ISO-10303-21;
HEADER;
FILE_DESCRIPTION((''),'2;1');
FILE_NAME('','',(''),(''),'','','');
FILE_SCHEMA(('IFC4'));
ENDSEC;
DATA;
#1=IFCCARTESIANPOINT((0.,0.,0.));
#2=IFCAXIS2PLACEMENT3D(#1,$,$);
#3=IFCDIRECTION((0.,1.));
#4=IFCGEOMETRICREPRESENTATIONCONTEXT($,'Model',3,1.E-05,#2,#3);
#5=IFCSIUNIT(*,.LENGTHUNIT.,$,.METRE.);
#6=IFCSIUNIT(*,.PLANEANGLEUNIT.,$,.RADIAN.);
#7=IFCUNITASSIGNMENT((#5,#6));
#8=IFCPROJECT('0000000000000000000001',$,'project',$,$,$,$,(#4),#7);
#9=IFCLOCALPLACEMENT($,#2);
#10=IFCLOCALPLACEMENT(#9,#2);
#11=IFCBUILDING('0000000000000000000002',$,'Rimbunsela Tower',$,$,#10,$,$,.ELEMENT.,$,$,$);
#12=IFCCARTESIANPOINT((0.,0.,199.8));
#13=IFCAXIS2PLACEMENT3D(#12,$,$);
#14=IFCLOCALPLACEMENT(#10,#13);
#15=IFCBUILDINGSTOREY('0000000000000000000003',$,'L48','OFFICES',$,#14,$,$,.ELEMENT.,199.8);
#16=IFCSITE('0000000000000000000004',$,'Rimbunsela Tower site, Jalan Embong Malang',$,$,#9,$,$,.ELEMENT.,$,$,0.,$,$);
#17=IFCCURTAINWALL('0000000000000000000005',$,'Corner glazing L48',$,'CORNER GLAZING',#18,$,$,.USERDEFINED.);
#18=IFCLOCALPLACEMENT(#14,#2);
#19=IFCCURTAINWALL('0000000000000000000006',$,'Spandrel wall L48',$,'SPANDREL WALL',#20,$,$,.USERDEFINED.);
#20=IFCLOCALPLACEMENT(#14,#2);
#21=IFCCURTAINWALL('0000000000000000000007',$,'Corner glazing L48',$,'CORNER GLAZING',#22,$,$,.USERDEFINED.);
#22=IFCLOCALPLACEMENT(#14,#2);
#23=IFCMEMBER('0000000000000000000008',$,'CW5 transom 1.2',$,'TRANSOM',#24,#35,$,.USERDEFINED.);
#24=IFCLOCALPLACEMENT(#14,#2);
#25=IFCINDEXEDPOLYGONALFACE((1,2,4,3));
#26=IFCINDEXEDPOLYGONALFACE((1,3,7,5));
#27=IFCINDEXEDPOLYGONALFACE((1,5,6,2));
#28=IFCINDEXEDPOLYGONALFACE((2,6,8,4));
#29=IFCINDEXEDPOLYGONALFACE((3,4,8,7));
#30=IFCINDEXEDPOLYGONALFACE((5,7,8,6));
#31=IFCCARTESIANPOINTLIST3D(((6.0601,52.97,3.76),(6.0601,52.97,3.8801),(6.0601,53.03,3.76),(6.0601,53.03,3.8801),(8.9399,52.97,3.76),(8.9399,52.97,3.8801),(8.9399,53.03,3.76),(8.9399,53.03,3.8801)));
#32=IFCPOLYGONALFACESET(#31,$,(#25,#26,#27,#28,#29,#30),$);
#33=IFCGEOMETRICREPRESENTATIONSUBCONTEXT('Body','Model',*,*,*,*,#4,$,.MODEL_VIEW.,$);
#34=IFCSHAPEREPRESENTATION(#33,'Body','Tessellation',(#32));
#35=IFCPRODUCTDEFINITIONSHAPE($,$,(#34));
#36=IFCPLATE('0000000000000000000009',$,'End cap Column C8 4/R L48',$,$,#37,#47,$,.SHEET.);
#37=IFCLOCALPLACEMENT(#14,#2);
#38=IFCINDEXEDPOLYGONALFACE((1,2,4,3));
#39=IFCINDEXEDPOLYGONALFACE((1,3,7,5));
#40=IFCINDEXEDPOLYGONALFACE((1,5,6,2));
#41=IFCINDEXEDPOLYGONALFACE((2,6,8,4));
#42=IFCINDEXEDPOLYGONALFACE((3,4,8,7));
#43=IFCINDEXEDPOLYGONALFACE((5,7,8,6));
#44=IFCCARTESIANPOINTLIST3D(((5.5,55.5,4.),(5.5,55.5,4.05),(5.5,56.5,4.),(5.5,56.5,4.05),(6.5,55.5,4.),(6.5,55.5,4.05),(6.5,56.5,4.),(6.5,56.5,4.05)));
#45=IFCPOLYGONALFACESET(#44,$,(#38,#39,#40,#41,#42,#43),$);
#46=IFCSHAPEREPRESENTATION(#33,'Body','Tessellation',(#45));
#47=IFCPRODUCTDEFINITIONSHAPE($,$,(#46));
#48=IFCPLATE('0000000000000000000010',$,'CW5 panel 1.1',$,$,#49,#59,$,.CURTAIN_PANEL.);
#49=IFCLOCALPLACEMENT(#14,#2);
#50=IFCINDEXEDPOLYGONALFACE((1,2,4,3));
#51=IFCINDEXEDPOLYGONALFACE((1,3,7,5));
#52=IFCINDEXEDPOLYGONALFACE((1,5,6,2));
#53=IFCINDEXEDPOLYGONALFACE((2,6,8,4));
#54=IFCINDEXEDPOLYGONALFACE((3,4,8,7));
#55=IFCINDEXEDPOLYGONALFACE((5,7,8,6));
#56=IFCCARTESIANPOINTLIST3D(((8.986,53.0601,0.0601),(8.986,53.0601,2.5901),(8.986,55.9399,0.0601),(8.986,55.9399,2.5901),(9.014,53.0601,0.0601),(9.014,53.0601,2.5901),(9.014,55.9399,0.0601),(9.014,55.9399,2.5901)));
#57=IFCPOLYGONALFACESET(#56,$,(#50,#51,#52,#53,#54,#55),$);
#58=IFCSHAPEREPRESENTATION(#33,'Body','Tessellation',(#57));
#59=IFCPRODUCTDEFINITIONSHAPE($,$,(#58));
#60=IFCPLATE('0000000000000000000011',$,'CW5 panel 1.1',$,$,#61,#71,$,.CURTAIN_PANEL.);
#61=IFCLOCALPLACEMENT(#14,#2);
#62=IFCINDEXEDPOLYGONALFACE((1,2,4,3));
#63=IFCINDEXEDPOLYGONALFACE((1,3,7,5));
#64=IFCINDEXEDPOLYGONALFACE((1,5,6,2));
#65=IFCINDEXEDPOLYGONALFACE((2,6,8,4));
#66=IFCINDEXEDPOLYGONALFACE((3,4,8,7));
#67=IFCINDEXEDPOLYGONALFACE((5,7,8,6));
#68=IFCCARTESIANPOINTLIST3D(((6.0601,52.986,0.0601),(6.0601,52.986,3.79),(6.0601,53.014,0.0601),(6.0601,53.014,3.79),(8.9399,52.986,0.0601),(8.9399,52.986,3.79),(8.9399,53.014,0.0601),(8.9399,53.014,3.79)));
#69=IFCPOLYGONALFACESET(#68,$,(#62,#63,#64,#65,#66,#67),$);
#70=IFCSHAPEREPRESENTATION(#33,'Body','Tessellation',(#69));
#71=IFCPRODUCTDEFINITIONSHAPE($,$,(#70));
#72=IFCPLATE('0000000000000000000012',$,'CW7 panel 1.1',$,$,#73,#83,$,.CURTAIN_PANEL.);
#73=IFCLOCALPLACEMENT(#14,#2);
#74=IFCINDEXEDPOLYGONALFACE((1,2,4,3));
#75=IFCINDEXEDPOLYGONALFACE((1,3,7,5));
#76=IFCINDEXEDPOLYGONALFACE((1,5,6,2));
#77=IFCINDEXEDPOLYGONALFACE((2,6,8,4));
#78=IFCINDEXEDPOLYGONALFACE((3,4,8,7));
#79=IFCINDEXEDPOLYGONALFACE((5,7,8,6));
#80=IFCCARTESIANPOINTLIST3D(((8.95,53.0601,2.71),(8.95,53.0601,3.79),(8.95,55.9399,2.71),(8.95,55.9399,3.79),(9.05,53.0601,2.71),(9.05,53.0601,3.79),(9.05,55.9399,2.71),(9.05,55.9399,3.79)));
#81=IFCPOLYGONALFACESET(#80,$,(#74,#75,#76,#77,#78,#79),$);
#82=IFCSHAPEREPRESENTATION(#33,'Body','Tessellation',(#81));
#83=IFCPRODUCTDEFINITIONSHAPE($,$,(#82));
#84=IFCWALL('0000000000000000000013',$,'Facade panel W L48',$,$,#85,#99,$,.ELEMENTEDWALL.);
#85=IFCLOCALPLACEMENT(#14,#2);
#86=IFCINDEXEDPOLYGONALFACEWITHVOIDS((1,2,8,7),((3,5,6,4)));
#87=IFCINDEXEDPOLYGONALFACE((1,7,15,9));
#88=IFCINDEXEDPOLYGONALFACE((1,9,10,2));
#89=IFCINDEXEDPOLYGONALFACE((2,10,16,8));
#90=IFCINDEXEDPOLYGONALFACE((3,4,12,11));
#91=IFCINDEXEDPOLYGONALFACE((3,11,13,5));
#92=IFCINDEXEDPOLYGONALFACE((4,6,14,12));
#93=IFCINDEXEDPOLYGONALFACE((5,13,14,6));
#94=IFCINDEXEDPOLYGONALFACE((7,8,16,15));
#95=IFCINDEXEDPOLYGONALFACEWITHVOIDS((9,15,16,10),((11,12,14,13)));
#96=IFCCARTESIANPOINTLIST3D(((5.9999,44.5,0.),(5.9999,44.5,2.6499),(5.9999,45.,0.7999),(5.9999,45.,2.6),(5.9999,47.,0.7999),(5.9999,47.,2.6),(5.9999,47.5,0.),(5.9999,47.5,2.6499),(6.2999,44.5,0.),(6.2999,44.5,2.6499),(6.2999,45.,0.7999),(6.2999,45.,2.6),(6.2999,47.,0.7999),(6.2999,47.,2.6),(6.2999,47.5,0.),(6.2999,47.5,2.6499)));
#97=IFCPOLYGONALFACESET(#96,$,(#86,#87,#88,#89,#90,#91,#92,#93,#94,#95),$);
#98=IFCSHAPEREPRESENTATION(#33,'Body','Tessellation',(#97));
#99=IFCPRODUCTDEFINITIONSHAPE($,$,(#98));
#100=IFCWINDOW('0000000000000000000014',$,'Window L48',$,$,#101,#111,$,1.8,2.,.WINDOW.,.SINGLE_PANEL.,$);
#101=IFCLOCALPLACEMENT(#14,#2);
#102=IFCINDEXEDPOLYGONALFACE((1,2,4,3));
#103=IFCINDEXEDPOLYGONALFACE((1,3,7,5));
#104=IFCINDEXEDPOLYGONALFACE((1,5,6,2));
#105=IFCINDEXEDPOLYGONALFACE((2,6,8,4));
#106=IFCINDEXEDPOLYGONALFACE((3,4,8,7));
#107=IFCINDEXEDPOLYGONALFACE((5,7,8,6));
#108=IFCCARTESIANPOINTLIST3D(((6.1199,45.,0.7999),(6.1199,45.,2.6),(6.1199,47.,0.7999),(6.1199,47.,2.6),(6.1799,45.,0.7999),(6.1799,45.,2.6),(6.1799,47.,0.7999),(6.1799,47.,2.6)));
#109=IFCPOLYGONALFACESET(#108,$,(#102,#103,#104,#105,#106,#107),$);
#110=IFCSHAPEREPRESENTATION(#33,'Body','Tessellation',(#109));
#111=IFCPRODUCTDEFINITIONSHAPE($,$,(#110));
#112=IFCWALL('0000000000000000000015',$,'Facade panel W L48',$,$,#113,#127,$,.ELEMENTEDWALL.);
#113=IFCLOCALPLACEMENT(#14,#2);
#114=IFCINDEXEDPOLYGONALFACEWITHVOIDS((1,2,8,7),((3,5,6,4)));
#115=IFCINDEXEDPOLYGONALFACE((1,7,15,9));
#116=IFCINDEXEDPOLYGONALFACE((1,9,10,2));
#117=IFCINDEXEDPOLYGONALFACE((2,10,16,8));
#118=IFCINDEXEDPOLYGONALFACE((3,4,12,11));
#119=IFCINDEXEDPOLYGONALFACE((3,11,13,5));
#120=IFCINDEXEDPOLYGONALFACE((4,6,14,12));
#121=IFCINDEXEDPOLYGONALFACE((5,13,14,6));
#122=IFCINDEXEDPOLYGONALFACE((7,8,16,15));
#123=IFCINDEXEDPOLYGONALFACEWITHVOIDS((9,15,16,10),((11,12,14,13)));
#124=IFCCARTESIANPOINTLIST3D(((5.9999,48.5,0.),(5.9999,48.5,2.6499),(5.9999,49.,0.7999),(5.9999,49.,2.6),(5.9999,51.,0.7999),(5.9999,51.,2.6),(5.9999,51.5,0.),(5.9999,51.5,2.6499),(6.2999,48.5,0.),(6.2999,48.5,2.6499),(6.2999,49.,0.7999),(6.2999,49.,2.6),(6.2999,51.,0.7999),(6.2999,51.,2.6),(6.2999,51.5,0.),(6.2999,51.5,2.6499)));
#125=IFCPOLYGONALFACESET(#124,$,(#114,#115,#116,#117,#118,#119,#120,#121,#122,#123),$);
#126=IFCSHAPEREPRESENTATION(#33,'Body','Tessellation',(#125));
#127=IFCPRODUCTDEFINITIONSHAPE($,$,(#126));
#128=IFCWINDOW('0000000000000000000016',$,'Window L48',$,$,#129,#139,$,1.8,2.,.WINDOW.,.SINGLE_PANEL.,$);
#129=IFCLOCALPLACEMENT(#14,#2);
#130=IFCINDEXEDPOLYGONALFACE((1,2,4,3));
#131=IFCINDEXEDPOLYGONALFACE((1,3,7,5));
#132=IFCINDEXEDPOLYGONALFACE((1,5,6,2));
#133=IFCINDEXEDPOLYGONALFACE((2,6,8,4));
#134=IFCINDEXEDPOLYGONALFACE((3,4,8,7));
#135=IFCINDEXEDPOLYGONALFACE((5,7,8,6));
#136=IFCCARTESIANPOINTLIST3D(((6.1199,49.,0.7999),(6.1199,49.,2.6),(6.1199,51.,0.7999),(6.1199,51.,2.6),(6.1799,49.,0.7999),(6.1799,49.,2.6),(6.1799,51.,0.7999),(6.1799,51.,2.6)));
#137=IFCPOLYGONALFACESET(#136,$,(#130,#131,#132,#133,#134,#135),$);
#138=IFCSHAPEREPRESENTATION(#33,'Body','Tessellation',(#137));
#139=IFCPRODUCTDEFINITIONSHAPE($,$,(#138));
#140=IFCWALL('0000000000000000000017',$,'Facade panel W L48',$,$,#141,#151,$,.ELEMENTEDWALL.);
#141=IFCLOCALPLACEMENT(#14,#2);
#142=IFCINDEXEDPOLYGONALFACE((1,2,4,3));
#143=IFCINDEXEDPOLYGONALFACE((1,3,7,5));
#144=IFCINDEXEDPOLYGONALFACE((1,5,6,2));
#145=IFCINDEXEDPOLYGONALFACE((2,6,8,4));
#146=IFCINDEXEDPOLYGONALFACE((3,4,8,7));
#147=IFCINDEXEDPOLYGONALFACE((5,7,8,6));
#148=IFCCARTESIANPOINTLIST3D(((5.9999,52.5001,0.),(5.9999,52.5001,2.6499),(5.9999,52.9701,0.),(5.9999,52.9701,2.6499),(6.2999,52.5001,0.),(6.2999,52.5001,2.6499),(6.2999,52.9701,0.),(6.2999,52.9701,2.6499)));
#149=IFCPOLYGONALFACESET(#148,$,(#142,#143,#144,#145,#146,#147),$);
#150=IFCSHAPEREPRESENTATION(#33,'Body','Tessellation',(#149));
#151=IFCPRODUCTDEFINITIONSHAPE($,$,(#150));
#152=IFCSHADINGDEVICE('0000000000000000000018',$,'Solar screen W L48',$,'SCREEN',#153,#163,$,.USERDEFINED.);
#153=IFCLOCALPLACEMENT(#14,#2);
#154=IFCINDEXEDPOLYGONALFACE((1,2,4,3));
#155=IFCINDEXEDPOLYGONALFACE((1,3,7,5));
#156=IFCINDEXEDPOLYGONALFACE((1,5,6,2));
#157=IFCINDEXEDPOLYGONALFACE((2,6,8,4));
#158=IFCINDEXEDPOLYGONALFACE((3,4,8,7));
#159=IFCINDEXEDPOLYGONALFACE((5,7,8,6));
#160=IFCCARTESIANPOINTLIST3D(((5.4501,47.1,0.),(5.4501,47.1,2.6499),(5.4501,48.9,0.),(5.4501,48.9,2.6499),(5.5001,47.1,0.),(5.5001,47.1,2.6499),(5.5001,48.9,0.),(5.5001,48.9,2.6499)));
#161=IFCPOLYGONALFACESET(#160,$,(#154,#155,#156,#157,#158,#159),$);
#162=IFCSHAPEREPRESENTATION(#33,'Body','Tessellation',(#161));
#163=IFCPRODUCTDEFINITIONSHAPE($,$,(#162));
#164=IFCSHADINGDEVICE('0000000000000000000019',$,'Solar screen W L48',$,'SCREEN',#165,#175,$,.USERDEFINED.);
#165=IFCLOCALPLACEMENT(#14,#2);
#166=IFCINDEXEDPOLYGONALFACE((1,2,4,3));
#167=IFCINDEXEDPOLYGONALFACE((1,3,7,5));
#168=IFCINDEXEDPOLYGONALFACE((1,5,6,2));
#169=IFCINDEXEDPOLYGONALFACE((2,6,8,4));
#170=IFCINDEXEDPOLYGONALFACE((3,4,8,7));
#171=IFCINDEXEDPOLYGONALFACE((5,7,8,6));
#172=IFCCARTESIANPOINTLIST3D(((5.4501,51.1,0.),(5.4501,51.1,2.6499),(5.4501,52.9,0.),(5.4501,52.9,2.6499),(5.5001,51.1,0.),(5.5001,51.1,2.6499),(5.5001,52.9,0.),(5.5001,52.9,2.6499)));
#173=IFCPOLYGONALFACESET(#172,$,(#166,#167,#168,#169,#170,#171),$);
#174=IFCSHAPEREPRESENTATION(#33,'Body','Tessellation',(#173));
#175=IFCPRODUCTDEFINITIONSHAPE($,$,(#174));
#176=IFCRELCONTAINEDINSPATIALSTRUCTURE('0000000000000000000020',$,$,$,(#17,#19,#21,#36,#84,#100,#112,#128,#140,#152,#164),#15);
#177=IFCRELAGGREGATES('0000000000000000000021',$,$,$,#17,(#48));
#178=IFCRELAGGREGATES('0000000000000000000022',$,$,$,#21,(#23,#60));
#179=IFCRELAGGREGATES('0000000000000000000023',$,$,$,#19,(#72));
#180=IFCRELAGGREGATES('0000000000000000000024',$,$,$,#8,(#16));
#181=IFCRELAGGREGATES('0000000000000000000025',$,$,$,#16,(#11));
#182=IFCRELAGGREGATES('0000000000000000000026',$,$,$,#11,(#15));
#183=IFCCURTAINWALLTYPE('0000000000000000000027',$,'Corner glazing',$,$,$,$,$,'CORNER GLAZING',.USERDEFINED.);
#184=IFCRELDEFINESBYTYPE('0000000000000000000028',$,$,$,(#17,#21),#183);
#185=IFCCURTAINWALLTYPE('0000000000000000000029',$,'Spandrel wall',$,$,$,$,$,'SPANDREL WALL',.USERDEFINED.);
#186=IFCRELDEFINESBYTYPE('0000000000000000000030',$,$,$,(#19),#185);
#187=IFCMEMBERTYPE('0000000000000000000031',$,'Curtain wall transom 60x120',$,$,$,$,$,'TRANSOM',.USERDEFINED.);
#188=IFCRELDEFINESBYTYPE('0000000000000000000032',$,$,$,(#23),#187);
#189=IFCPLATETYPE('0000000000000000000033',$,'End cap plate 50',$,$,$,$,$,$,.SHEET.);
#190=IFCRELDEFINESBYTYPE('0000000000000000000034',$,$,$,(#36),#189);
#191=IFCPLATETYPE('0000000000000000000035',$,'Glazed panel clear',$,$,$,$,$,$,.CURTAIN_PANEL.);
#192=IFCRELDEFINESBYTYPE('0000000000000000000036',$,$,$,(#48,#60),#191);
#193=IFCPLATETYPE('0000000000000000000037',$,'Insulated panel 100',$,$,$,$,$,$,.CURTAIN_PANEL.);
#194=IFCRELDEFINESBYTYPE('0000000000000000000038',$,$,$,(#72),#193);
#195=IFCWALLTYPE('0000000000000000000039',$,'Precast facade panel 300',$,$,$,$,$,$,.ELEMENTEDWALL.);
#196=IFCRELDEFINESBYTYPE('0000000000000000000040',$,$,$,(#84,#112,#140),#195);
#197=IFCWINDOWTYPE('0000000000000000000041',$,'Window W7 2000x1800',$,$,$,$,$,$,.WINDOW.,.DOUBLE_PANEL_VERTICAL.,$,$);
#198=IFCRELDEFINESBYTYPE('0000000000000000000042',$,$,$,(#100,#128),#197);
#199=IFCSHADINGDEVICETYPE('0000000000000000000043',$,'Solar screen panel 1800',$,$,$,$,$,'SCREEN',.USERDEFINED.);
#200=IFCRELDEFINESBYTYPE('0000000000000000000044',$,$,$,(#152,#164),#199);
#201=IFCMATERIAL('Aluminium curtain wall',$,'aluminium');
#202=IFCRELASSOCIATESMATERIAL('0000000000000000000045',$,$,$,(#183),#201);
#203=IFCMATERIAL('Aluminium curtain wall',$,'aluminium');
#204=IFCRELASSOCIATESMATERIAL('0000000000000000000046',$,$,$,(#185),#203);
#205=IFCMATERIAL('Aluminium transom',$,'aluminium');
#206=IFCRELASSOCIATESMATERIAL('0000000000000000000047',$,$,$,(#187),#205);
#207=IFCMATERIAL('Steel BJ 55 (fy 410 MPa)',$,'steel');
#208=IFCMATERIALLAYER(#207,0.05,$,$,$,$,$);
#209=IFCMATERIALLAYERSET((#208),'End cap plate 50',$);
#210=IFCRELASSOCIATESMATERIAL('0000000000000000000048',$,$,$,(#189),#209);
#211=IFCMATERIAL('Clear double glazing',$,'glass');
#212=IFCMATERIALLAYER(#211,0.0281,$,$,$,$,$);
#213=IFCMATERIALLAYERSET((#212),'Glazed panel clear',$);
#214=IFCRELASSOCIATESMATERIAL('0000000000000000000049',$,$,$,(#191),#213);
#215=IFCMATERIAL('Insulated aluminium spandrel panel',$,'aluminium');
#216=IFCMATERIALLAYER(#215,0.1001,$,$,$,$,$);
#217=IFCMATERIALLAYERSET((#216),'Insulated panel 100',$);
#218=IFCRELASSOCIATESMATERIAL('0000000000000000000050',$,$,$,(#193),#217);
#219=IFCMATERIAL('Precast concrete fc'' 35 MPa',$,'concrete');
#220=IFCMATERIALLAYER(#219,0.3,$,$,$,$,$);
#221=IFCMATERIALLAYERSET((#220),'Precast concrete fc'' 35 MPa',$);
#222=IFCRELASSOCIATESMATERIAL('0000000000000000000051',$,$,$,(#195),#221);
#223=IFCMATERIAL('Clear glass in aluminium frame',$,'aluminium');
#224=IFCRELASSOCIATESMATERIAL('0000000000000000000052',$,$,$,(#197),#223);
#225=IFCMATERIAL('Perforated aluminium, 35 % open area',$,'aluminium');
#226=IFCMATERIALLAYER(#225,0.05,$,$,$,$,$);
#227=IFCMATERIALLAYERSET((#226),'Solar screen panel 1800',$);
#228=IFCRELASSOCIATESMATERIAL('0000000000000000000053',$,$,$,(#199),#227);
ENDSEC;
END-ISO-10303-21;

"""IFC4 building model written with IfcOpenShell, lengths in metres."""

from ifc_helpers import new_model, si_unit, direction, frame, frame_2d, origin, origin_2d, place, context, subcontext, project, spatial, rectangle, extrude, material, layer, layer_set, material_profile, profile_set, type_object, element, fill, aggregate, save


model = new_model("IFC4")

# Units and contexts
model_context = context("Model", 3, precision=1e-05, world=origin(), true_north=direction((0.0, 1.0)))
body_context = subcontext(model_context, "Body", "Model", "MODEL_VIEW")
ifc_project = project(units=[si_unit("LENGTHUNIT", "METRE"), si_unit("PLANEANGLEUNIT", "RADIAN")], contexts=[model_context])

# Site, building, storey
site_placement = place(None, origin())
site = spatial("IfcSite", under=ifc_project, at=site_placement, Name="Rimbunsela Tower site, Jalan Embong Malang", CompositionType="ELEMENT", RefElevation=0.0)
building_placement = place(site_placement, origin())
building = spatial("IfcBuilding", under=site, at=building_placement, Name="Rimbunsela Tower", CompositionType="ELEMENT")
storey_placement = place(building_placement, frame((0.0, 0.0, 199.8)))
storey = spatial("IfcBuildingStorey", under=building, at=storey_placement, Name="L48", Description="OFFICES", CompositionType="ELEMENT", Elevation=199.8)

# Curtain walls
ifc_material_1 = material(Name="Aluminium curtain wall", Category="aluminium")
curtain_wall_type_1 = type_object("IfcCurtainWallType", Name="Corner glazing", ElementType="CORNER GLAZING", PredefinedType="USERDEFINED", material=ifc_material_1)
curtain_wall_1_placement = place(storey_placement, origin())
curtain_wall_1 = element("IfcCurtainWall", 1, at=curtain_wall_1_placement, inside=storey, type_object=curtain_wall_type_1, Name="Corner glazing L48", ObjectType="CORNER GLAZING", PredefinedType="USERDEFINED")
ifc_material_2 = material(Name="Aluminium curtain wall", Category="aluminium")
curtain_wall_type_2 = type_object("IfcCurtainWallType", Name="Spandrel wall", ElementType="SPANDREL WALL", PredefinedType="USERDEFINED", material=ifc_material_2)
curtain_wall_2_placement = place(storey_placement, origin())
curtain_wall_2 = element("IfcCurtainWall", 2, at=curtain_wall_2_placement, inside=storey, type_object=curtain_wall_type_2, Name="Spandrel wall L48", ObjectType="SPANDREL WALL", PredefinedType="USERDEFINED")

# Curtain wall
curtain_wall_3_placement = place(storey_placement, origin())
curtain_wall_3 = element("IfcCurtainWall", 3, at=curtain_wall_3_placement, inside=storey, type_object=curtain_wall_type_1, Name="Corner glazing L48", ObjectType="CORNER GLAZING", PredefinedType="USERDEFINED")

# Member
ifc_material_3 = material(Name="Aluminium transom", Category="aluminium")
ifc_material_profile_1 = material_profile(ifc_material_3, rectangle(XDim=0.0601, YDim=0.1201, at=origin_2d()), Name="Transom 60x120")
ifc_profile_set_1 = profile_set([ifc_material_profile_1], Name="Aluminium transom")
member_type_1 = type_object("IfcMemberType", Name="Curtain wall transom 60x120", ElementType="TRANSOM", PredefinedType="USERDEFINED", material=ifc_profile_set_1)
member_1_placement = place(storey_placement, frame((8.9399, 53.0, 3.8201), z_axis=(-1.0, 0.0, 0.0), x_axis=(0.0, -1.0, 0.0)))
member_1 = element("IfcMember", 4, at=member_1_placement, type_object=member_type_1, Name="CW5 transom 1.2", ObjectType="TRANSOM", PredefinedType="USERDEFINED", context=body_context, shape_type="SweptSolid", body=[
    extrude(rectangle(XDim=0.0601, YDim=0.1201, at=origin_2d()), origin(), (0.0, 0.0, 1.0), 2.8799),
])

# Plates
ifc_material_4 = material(Name="Steel BJ 55 (fy 410 MPa)", Category="steel")
ifc_layer_1 = layer(ifc_material_4, 0.05)
ifc_layer_set_1 = layer_set([ifc_layer_1], Name="End cap plate 50")
plate_type_1 = type_object("IfcPlateType", Name="End cap plate 50", PredefinedType="SHEET", material=ifc_layer_set_1)
plate_1_placement = place(storey_placement, frame((6.0, 56.0, 4.0), z_axis=(0.0, 0.0, 1.0), x_axis=(1.0, 0.0, 0.0)))
element("IfcPlate", 5, at=plate_1_placement, inside=storey, type_object=plate_type_1, Name="End cap Column C8 4/R L48", PredefinedType="SHEET", context=body_context, shape_type="SweptSolid", body=[
    extrude(rectangle(XDim=1.0, YDim=1.0, at=origin_2d()), origin(), (0.0, 0.0, 1.0), 0.05),
])
ifc_material_5 = material(Name="Clear double glazing", Category="glass")
ifc_layer_2 = layer(ifc_material_5, 0.0281)
ifc_layer_set_2 = layer_set([ifc_layer_2], Name="Glazed panel clear")
plate_type_2 = type_object("IfcPlateType", Name="Glazed panel clear", PredefinedType="CURTAIN_PANEL", material=ifc_layer_set_2)
plate_2_placement = place(storey_placement, frame((9.0, 54.5, 0.0601), z_axis=(0.0, 0.0, 1.0), x_axis=(0.0, -1.0, 0.0)))
plate_2 = element("IfcPlate", 6, at=plate_2_placement, type_object=plate_type_2, Name="CW5 panel 1.1", PredefinedType="CURTAIN_PANEL", context=body_context, shape_type="SweptSolid", body=[
    extrude(rectangle(XDim=2.8799, YDim=0.0281, at=origin_2d()), origin(), (0.0, 0.0, 1.0), 2.53),
])
aggregate(curtain_wall_1, [plate_2])
plate_3_placement = place(storey_placement, frame((7.5, 53.0, 0.0601), z_axis=(0.0, 0.0, 1.0), x_axis=(-1.0, 0.0, 0.0)))
plate_3 = element("IfcPlate", 7, at=plate_3_placement, type_object=plate_type_2, Name="CW5 panel 1.1", PredefinedType="CURTAIN_PANEL", context=body_context, shape_type="SweptSolid", body=[
    extrude(rectangle(XDim=2.8799, YDim=0.0281, at=origin_2d()), origin(), (0.0, 0.0, 1.0), 3.73),
])
aggregate(curtain_wall_3, [member_1, plate_3])
ifc_material_6 = material(Name="Insulated aluminium spandrel panel", Category="aluminium")
ifc_layer_3 = layer(ifc_material_6, 0.1001)
ifc_layer_set_3 = layer_set([ifc_layer_3], Name="Insulated panel 100")
plate_type_3 = type_object("IfcPlateType", Name="Insulated panel 100", PredefinedType="CURTAIN_PANEL", material=ifc_layer_set_3)
plate_4_placement = place(storey_placement, frame((9.0, 54.5, 2.71), z_axis=(0.0, 0.0, 1.0), x_axis=(0.0, -1.0, 0.0)))
plate_4 = element("IfcPlate", 8, at=plate_4_placement, type_object=plate_type_3, Name="CW7 panel 1.1", PredefinedType="CURTAIN_PANEL", context=body_context, shape_type="SweptSolid", body=[
    extrude(rectangle(XDim=2.8799, YDim=0.1001, at=origin_2d()), origin(), (0.0, 0.0, 1.0), 1.0801),
])
aggregate(curtain_wall_2, [plate_4])

# Walls, openings, windows
ifc_material_7 = material(Name="Precast concrete fc' 35 MPa", Category="concrete")
ifc_layer_4 = layer(ifc_material_7, 0.3)
ifc_layer_set_4 = layer_set([ifc_layer_4], Name="Precast concrete fc' 35 MPa")
wall_type = type_object("IfcWallType", Name="Precast facade panel 300", PredefinedType="ELEMENTEDWALL", material=ifc_layer_set_4)
wall_1_placement = place(storey_placement, frame((6.1499, 47.5, 0.0), z_axis=(0.0, 0.0, 1.0), x_axis=(0.0, -1.0, 0.0)))
wall_1 = element("IfcWall", 9, at=wall_1_placement, inside=storey, type_object=wall_type, Name="Facade panel W L48", PredefinedType="ELEMENTEDWALL", context=body_context, shape_type="SweptSolid", body=[
    extrude(rectangle(XDim=3.0, YDim=0.3, at=frame_2d((1.5, 0.0))), origin(), (0.0, 0.0, 1.0), 2.6499),
])
opening_1_placement = place(wall_1_placement, frame((0.5, 0.0, 0.8)))
opening_1 = element("IfcOpeningElement", 10, at=opening_1_placement, cuts=wall_1, PredefinedType="OPENING", context=body_context, shape_type="SweptSolid", body=[
    extrude(rectangle(XDim=2.0, YDim=1.8, at=frame_2d((1.0, 0.8999))), frame((0.0, 0.1599, 0.0), z_axis=(0.0, -1.0, 0.0), x_axis=(1.0, 0.0, 0.0)), (0.0, 0.0, 1.0), 0.3201),
])
ifc_material_8 = material(Name="Clear glass in aluminium frame", Category="aluminium")
window_type = type_object("IfcWindowType", Name="Window W7 2000x1800", PartitioningType="DOUBLE_PANEL_VERTICAL", PredefinedType="WINDOW", material=ifc_material_8)
window_1_placement = place(opening_1_placement, origin())
window_1 = element("IfcWindow", 11, at=window_1_placement, inside=storey, type_object=window_type, Name="Window L48", OverallHeight=1.8, OverallWidth=2.0, PartitioningType="SINGLE_PANEL", PredefinedType="WINDOW", context=body_context, shape_type="SweptSolid", body=[
    extrude(rectangle(XDim=2.0, YDim=1.8, at=frame_2d((1.0, 0.8999))), frame((0.0, 0.03, 0.0), z_axis=(0.0, -1.0, 0.0), x_axis=(1.0, 0.0, 0.0)), (0.0, 0.0, 1.0), 0.0601),
])
fill(opening_1, window_1)
wall_2_placement = place(storey_placement, frame((6.1499, 51.5, 0.0), z_axis=(0.0, 0.0, 1.0), x_axis=(0.0, -1.0, 0.0)))
wall_2 = element("IfcWall", 12, at=wall_2_placement, inside=storey, type_object=wall_type, Name="Facade panel W L48", PredefinedType="ELEMENTEDWALL", context=body_context, shape_type="SweptSolid", body=[
    extrude(rectangle(XDim=3.0, YDim=0.3, at=frame_2d((1.5, 0.0))), origin(), (0.0, 0.0, 1.0), 2.6499),
])
opening_2_placement = place(wall_2_placement, frame((0.5, 0.0, 0.8)))
opening_2 = element("IfcOpeningElement", 13, at=opening_2_placement, cuts=wall_2, PredefinedType="OPENING", context=body_context, shape_type="SweptSolid", body=[
    extrude(rectangle(XDim=2.0, YDim=1.8, at=frame_2d((1.0, 0.8999))), frame((0.0, 0.1599, 0.0), z_axis=(0.0, -1.0, 0.0), x_axis=(1.0, 0.0, 0.0)), (0.0, 0.0, 1.0), 0.3201),
])
window_2_placement = place(opening_2_placement, origin())
window_2 = element("IfcWindow", 14, at=window_2_placement, inside=storey, type_object=window_type, Name="Window L48", OverallHeight=1.8, OverallWidth=2.0, PartitioningType="SINGLE_PANEL", PredefinedType="WINDOW", context=body_context, shape_type="SweptSolid", body=[
    extrude(rectangle(XDim=2.0, YDim=1.8, at=frame_2d((1.0, 0.8999))), frame((0.0, 0.03, 0.0), z_axis=(0.0, -1.0, 0.0), x_axis=(1.0, 0.0, 0.0)), (0.0, 0.0, 1.0), 0.0601),
])
fill(opening_2, window_2)

# Wall
wall_3_placement = place(storey_placement, frame((6.1499, 52.97, 0.0), z_axis=(0.0, 0.0, 1.0), x_axis=(0.0, -1.0, 0.0)))
element("IfcWall", 15, at=wall_3_placement, inside=storey, type_object=wall_type, Name="Facade panel W L48", PredefinedType="ELEMENTEDWALL", context=body_context, shape_type="SweptSolid", body=[
    extrude(rectangle(XDim=0.47, YDim=0.3, at=frame_2d((0.2349, 0.0))), origin(), (0.0, 0.0, 1.0), 2.6499),
])

# Shading devices
ifc_material_9 = material(Name="Perforated aluminium, 35 % open area", Category="aluminium")
ifc_layer_5 = layer(ifc_material_9, 0.05)
ifc_layer_set_5 = layer_set([ifc_layer_5], Name="Solar screen panel 1800")
shading_device_type = type_object("IfcShadingDeviceType", Name="Solar screen panel 1800", ElementType="SCREEN", PredefinedType="USERDEFINED", material=ifc_layer_set_5)
for number, where, z_axis, x_axis, name in (
    (16, (5.4751, 48.0, 0.0), (0.0, 0.0, 1.0), (0.0, 1.0, 0.0), "Solar screen W L48"),
    (17, (5.4751, 52.0, 0.0), (0.0, 0.0, 1.0), (0.0, 1.0, 0.0), "Solar screen W L48"),
):
    element("IfcShadingDevice", number, at=place(storey_placement, frame(where, z_axis=z_axis, x_axis=x_axis)), inside=storey, type_object=shading_device_type, Name=name, ObjectType="SCREEN", PredefinedType="USERDEFINED", context=body_context, shape_type="SweptSolid", body=[
        extrude(rectangle(XDim=1.8, YDim=0.05, at=origin_2d()), origin(), (0.0, 0.0, 1.0), 2.6499),
    ])

save(model, "model.ifc")
